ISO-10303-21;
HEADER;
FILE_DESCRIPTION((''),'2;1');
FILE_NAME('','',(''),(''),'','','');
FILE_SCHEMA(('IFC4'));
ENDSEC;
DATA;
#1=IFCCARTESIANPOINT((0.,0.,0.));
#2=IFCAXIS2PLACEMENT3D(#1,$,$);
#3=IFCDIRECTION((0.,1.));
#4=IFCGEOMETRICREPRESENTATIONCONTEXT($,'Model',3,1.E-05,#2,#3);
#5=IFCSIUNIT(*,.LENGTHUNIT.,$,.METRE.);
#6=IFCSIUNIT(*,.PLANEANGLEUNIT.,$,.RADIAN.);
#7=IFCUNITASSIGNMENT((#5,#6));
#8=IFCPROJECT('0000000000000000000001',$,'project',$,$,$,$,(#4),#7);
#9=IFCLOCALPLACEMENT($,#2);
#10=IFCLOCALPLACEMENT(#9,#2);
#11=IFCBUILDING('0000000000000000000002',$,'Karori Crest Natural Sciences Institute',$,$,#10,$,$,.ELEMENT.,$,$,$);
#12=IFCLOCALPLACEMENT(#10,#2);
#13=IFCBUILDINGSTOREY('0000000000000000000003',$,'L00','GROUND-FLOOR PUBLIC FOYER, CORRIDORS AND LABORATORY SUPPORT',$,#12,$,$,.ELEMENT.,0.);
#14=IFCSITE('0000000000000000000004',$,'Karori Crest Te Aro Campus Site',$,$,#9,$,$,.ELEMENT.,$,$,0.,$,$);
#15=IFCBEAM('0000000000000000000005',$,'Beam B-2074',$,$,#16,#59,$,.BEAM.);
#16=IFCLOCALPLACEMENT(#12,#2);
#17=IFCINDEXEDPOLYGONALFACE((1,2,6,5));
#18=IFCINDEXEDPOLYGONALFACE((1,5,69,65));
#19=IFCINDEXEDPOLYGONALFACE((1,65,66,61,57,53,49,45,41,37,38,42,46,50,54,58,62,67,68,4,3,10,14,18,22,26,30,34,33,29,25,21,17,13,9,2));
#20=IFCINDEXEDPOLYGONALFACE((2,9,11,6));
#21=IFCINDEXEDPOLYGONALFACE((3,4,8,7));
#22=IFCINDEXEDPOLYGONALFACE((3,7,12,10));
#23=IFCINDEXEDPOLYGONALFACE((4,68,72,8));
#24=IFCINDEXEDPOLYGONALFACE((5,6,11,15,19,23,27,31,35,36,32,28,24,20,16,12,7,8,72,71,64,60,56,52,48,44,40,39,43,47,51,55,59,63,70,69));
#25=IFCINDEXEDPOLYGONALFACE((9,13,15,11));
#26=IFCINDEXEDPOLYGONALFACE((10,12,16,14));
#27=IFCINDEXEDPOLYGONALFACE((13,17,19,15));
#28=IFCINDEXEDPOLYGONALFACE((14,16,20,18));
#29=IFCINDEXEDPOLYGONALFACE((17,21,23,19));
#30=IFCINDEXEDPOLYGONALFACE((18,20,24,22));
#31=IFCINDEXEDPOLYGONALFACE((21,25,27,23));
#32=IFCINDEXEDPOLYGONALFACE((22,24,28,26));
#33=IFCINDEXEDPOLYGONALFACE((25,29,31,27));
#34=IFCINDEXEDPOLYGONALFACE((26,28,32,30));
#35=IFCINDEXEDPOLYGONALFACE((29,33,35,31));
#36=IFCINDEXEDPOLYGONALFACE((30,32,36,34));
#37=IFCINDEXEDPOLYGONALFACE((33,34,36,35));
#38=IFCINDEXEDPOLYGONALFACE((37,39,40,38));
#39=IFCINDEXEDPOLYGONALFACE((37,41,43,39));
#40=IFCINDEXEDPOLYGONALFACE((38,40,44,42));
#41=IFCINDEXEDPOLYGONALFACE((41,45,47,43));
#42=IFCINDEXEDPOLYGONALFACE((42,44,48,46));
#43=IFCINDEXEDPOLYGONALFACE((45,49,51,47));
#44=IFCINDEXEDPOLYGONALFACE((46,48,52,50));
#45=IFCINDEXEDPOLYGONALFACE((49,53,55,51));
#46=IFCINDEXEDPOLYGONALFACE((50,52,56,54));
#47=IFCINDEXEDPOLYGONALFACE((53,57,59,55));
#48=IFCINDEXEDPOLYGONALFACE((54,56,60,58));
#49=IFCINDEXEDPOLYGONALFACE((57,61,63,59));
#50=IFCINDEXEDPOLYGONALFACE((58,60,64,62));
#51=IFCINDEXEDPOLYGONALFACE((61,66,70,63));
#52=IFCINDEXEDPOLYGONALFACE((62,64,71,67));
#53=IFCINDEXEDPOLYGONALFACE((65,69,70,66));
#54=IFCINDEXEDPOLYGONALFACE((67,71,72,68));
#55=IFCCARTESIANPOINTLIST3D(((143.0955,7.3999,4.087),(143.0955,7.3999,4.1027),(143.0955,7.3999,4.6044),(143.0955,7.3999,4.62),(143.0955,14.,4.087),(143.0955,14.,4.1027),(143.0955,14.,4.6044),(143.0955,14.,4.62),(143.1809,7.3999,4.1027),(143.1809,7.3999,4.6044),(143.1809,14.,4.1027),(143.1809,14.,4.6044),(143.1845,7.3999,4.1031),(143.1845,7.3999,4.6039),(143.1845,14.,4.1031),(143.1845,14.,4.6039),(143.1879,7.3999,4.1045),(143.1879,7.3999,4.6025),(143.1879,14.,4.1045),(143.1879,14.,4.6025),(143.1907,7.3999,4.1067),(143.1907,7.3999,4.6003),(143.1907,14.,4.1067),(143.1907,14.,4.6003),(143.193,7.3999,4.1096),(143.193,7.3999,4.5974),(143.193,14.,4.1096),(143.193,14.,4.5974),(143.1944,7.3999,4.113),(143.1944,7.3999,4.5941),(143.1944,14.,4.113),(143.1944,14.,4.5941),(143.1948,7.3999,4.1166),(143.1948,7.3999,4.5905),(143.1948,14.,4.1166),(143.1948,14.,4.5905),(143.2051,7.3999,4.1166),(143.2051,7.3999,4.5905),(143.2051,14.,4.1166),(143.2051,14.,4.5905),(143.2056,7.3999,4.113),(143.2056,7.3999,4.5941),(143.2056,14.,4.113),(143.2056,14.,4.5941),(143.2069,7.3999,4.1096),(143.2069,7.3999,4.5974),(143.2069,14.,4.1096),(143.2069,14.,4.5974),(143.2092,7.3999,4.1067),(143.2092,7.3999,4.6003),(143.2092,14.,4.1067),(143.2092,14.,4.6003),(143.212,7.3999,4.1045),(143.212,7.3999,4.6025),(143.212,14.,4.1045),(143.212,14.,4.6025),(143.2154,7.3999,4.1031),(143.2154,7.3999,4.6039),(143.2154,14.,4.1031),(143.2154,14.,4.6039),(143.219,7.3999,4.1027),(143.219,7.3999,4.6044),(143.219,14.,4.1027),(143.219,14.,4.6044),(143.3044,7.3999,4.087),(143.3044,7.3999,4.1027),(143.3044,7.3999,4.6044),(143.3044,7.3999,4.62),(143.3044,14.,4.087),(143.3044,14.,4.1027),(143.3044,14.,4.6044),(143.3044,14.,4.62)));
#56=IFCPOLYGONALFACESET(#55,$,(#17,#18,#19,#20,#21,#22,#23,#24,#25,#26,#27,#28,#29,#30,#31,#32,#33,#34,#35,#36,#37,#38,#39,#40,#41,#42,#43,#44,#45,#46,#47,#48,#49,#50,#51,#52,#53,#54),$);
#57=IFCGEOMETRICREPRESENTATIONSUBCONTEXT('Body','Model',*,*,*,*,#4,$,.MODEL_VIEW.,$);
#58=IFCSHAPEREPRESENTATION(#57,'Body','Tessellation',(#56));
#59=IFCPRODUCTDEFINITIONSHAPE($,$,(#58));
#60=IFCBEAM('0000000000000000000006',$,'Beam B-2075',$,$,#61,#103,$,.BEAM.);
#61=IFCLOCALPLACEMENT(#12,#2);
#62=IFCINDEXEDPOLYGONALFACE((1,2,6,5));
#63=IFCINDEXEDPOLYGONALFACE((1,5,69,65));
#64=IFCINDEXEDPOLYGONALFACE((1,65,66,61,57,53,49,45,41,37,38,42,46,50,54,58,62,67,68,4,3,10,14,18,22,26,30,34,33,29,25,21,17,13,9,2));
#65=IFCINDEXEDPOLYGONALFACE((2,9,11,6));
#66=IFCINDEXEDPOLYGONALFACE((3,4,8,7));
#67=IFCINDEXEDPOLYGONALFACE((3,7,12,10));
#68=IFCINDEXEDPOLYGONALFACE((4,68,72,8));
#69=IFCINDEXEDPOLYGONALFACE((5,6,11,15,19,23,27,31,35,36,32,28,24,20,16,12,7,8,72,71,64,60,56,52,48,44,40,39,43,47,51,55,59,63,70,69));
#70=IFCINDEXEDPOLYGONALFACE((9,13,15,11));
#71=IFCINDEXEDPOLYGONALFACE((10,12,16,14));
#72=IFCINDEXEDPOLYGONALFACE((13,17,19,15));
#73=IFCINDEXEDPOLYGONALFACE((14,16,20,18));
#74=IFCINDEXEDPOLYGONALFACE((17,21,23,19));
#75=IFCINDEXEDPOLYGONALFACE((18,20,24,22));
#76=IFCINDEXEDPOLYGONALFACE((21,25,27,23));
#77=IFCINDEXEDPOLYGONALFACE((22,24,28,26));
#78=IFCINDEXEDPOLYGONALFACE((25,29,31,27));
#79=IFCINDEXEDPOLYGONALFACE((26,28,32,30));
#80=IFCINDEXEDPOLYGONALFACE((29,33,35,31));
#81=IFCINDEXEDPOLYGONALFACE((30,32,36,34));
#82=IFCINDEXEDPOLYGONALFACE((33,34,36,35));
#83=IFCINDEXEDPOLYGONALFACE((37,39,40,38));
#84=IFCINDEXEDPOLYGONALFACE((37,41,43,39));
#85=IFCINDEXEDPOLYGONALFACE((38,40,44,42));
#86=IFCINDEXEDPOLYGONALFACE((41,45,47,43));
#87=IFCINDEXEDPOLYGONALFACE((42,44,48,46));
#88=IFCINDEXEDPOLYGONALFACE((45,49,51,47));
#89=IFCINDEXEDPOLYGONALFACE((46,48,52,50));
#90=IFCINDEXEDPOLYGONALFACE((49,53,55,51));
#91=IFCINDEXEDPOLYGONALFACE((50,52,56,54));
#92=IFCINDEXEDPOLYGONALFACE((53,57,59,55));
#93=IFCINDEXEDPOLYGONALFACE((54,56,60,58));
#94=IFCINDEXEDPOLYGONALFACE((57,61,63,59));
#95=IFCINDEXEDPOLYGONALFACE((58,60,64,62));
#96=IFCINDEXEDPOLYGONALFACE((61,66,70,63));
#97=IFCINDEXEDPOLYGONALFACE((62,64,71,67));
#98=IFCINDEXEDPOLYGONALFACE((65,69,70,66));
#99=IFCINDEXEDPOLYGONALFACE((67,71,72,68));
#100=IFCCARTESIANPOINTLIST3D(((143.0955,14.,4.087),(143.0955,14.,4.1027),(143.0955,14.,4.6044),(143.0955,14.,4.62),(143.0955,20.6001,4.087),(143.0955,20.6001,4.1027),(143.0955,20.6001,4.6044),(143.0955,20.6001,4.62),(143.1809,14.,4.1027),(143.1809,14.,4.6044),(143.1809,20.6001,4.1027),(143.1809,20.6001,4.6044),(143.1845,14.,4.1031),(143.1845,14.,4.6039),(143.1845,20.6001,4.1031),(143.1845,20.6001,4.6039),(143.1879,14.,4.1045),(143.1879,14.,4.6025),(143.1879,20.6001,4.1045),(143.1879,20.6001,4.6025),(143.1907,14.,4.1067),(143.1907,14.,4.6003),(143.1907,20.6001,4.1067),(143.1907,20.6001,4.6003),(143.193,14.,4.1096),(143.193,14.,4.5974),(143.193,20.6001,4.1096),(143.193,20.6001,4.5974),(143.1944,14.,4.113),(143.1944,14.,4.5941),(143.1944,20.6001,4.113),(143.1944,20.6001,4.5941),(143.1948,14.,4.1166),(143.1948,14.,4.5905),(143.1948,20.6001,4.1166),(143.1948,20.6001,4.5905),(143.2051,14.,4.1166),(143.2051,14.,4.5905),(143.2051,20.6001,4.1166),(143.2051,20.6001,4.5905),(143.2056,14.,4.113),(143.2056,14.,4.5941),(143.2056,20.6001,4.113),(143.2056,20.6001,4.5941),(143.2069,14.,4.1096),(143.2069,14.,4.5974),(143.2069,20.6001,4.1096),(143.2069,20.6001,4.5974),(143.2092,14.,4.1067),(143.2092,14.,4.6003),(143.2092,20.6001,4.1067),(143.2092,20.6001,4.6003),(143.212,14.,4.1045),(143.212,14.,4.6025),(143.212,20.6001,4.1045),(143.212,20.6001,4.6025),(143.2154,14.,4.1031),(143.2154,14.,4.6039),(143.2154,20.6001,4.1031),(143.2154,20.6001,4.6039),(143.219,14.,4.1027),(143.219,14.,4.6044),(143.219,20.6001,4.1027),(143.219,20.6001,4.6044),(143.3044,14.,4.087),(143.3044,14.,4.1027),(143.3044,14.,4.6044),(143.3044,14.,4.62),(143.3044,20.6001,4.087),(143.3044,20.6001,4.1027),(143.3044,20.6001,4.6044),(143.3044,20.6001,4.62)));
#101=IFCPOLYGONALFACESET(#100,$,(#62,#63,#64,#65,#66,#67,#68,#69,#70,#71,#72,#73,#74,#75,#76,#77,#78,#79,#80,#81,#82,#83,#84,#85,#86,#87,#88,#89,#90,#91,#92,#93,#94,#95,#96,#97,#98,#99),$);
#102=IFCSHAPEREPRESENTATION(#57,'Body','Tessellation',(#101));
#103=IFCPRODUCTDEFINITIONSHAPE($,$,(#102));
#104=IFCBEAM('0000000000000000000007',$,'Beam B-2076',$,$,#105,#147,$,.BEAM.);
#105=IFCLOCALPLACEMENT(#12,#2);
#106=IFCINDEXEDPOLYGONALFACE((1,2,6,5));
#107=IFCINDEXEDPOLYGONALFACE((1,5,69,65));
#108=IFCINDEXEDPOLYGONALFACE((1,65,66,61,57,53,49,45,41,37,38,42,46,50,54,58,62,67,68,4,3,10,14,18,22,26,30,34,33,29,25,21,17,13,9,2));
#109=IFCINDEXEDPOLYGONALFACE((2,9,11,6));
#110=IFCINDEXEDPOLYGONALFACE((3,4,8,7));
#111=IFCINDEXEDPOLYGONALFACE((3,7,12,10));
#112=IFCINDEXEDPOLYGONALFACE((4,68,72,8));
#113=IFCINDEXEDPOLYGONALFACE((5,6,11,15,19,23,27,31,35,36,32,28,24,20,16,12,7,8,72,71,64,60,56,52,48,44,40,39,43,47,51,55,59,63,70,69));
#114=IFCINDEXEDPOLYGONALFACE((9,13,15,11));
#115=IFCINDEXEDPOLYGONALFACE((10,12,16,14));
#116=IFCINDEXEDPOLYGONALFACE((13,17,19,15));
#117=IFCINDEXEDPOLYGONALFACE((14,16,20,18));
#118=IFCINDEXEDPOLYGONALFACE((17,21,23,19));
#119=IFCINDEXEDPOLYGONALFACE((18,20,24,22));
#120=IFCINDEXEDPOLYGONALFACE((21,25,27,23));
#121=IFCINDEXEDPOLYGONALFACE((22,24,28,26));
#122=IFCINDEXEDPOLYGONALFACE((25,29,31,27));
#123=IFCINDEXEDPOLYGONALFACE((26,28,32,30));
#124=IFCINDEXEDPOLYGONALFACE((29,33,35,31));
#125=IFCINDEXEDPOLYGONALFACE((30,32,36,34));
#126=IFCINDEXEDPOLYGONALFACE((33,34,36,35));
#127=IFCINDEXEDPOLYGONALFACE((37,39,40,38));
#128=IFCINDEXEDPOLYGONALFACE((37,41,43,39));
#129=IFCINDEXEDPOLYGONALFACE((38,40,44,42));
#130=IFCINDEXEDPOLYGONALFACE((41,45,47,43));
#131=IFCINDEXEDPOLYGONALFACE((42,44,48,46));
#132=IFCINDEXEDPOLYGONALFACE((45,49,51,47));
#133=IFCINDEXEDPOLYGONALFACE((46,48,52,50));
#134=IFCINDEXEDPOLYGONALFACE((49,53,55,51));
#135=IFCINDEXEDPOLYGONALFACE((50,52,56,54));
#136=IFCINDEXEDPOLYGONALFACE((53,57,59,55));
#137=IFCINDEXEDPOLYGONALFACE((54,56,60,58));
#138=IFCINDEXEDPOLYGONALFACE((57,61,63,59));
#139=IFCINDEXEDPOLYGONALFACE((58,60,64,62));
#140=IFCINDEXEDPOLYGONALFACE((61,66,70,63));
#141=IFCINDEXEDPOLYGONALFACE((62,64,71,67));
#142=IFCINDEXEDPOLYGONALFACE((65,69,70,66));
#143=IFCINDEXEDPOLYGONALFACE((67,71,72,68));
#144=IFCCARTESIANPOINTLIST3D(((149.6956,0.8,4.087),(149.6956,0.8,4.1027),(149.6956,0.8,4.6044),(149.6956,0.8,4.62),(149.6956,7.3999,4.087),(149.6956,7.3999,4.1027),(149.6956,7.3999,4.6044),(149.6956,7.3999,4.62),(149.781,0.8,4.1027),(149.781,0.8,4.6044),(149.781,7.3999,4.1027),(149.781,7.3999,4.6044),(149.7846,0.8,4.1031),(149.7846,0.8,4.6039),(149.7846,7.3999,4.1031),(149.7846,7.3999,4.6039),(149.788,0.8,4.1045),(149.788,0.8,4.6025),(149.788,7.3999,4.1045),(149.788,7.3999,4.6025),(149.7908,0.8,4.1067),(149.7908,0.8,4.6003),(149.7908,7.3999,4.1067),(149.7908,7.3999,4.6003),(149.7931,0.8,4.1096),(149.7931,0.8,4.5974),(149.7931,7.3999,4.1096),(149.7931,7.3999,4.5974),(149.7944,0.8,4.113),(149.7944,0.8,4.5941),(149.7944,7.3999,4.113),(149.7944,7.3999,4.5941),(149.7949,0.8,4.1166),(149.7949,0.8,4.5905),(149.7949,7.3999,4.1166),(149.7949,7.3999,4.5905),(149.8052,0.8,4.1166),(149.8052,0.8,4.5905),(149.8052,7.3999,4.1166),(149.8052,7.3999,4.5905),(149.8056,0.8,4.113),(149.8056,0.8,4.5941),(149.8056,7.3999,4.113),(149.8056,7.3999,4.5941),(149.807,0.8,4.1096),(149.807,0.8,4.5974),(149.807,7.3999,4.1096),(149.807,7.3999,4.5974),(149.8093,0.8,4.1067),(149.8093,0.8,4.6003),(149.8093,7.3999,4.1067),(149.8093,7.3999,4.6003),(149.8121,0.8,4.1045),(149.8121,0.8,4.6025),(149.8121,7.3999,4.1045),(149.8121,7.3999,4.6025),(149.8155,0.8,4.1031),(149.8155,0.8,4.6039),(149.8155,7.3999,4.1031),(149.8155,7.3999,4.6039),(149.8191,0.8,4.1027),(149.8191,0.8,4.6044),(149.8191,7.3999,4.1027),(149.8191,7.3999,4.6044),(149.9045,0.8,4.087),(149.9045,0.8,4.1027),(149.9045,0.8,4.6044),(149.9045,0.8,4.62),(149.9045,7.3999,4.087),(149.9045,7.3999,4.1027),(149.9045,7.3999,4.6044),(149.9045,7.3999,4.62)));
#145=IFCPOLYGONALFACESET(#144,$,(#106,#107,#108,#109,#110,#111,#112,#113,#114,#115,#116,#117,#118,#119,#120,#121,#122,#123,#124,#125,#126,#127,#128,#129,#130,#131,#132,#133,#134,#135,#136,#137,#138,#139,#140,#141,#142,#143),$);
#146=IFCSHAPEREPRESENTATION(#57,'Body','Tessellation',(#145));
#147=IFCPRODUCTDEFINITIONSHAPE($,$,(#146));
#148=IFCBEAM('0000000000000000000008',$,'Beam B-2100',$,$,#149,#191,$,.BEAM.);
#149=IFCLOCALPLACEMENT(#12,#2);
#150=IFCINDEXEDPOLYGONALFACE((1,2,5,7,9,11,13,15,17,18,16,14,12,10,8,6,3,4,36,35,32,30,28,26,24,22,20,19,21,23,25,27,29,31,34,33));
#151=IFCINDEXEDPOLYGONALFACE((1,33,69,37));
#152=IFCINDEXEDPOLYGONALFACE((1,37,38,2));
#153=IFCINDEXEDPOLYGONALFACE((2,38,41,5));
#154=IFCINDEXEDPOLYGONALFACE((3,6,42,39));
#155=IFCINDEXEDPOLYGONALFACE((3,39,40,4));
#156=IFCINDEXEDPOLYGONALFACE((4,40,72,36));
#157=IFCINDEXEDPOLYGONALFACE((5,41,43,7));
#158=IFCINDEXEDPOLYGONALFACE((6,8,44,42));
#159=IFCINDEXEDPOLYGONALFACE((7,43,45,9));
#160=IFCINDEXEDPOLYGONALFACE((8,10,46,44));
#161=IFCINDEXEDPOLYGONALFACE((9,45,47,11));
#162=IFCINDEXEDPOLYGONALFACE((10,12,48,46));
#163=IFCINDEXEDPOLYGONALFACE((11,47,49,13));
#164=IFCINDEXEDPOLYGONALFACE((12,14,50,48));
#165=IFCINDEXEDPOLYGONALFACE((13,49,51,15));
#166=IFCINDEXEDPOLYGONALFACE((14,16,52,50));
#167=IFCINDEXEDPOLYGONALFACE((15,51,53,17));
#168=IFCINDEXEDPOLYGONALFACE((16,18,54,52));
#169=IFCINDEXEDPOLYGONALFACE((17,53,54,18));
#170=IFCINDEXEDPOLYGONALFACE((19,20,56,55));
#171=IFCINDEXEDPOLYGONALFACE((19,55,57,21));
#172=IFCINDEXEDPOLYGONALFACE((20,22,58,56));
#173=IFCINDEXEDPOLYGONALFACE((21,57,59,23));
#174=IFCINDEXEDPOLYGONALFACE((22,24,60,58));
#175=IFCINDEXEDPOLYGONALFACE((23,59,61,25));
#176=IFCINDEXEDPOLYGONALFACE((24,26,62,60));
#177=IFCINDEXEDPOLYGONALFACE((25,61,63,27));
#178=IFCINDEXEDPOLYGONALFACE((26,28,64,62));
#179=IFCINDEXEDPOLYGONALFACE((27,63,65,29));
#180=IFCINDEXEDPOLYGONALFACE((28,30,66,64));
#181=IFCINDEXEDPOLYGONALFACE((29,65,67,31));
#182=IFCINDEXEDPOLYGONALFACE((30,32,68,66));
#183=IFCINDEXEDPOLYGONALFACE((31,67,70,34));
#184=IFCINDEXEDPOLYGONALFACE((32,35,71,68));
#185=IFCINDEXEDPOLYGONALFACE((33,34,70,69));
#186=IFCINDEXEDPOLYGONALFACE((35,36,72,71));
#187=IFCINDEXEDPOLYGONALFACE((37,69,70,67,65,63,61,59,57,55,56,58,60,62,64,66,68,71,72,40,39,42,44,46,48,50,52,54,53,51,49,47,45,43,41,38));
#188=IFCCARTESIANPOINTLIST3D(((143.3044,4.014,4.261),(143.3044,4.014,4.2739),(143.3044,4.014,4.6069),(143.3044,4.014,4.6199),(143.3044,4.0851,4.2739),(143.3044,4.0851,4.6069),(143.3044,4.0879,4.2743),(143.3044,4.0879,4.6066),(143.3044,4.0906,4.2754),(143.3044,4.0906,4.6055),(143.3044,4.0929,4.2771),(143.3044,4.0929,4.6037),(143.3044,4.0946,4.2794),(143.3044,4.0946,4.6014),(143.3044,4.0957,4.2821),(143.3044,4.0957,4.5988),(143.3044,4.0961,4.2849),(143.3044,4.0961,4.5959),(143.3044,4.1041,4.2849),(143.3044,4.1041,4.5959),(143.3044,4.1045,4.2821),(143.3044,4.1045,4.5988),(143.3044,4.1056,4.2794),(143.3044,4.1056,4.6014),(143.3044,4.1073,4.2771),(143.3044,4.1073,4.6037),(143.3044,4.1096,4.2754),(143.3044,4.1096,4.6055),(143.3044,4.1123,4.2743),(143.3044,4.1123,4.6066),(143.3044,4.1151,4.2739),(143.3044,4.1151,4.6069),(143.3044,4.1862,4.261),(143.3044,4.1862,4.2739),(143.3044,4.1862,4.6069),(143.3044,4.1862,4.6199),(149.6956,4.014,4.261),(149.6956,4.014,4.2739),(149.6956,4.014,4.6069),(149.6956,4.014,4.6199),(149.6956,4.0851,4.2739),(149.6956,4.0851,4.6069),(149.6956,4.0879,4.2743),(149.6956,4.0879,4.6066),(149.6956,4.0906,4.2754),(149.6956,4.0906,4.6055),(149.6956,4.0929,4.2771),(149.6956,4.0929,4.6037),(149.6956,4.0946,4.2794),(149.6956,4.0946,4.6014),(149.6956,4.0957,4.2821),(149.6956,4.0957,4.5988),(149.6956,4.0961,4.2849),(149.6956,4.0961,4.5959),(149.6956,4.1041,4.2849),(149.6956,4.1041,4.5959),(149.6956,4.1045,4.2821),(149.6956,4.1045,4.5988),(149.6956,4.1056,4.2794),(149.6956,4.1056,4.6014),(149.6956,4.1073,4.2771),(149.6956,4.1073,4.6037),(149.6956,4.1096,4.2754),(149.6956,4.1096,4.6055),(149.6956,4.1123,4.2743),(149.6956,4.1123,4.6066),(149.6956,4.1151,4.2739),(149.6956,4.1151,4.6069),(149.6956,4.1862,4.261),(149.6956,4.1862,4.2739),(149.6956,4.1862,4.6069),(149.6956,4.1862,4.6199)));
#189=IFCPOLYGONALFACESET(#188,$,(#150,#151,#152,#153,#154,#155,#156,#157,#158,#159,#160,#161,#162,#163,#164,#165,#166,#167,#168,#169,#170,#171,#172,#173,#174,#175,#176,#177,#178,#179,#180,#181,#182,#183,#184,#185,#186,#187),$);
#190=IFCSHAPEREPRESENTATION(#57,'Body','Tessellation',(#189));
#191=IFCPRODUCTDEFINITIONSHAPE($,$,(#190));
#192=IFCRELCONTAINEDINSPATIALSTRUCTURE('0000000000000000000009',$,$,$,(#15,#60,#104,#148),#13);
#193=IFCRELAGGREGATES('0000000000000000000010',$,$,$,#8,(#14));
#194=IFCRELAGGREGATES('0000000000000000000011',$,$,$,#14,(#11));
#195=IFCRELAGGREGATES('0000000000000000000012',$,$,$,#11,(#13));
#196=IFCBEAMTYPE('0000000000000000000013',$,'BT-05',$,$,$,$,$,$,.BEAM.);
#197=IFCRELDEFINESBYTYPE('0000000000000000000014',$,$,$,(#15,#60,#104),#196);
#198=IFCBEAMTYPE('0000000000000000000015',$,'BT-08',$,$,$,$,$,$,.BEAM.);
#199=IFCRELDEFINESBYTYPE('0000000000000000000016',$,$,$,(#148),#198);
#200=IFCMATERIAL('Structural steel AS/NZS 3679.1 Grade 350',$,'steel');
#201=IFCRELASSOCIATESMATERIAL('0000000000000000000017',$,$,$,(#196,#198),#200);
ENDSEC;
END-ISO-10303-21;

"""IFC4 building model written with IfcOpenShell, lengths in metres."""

from ifc_helpers import new_model, si_unit, direction, frame, origin, origin_2d, place, context, subcontext, project, spatial, i_section, extrude, material, material_profile, profile_set, type_object, element, save


model = new_model("IFC4")

# Units and contexts
model_context = context("Model", 3, precision=1e-05, world=origin(), true_north=direction((0.0, 1.0)))
body_context = subcontext(model_context, "Body", "Model", "MODEL_VIEW")
ifc_project = project(units=[si_unit("LENGTHUNIT", "METRE"), si_unit("PLANEANGLEUNIT", "RADIAN")], contexts=[model_context])

# Site, building, storey
site_placement = place(None, origin())
site = spatial("IfcSite", under=ifc_project, at=site_placement, Name="Karori Crest Te Aro Campus Site", CompositionType="ELEMENT", RefElevation=0.0)
building_placement = place(site_placement, origin())
building = spatial("IfcBuilding", under=site, at=building_placement, Name="Karori Crest Natural Sciences Institute", CompositionType="ELEMENT")
storey_placement = place(building_placement, origin())
storey = spatial("IfcBuildingStorey", under=building, at=storey_placement, Name="L00", Description="GROUND-FLOOR PUBLIC FOYER, CORRIDORS AND LABORATORY SUPPORT", CompositionType="ELEMENT", Elevation=0.0)

# Shared definitions
ifc_material_1 = material(Name="Structural steel AS/NZS 3679.1 Grade 350", Category="steel")

# Beams
ifc_material_profile_1 = material_profile(ifc_material_1, i_section(OverallWidth=0.209, OverallDepth=0.533, WebThickness=0.0103, FlangeThickness=0.0156, FilletRadius=0.0139, at=origin_2d()), Name="530UB92.4")
ifc_profile_set_1 = profile_set([ifc_material_profile_1], Name="Structural steel AS/NZS 3679.1 Grade 350")
beam_type_1 = type_object("IfcBeamType", Name="BT-05", PredefinedType="BEAM", material=ifc_profile_set_1)
for number, where, z_axis, x_axis, name in (
    (1, (143.2, 7.3999, 4.3535), (0.0, 1.0, 0.0), (-1.0, 0.0, 0.0), "Beam B-2074"),
    (2, (143.2, 14.0, 4.3535), (0.0, 1.0, 0.0), (-1.0, 0.0, 0.0), "Beam B-2075"),
):
    element("IfcBeam", number, at=place(storey_placement, frame(where, z_axis=z_axis, x_axis=x_axis)), inside=storey, type_object=beam_type_1, Name=name, PredefinedType="BEAM", context=body_context, shape_type="SweptSolid", body=[
        extrude(i_section(OverallWidth=0.209, OverallDepth=0.533, WebThickness=0.0103, FlangeThickness=0.0156, FilletRadius=0.0139, at=origin_2d()), origin(), (0.0, 0.0, 1.0), 6.6001),
    ])
beam_1_placement = place(storey_placement, frame((149.8, 0.8, 4.3535), z_axis=(0.0, 1.0, 0.0), x_axis=(-1.0, 0.0, 0.0)))
element("IfcBeam", 3, at=beam_1_placement, inside=storey, type_object=beam_type_1, Name="Beam B-2076", PredefinedType="BEAM", context=body_context, shape_type="SweptSolid", body=[
    extrude(i_section(OverallWidth=0.209, OverallDepth=0.533, WebThickness=0.0103, FlangeThickness=0.0156, FilletRadius=0.0139, at=origin_2d()), origin(), (0.0, 0.0, 1.0), 6.5999),
])
ifc_material_profile_2 = material_profile(ifc_material_1, i_section(OverallWidth=0.1721, OverallDepth=0.3589, WebThickness=0.0081, FlangeThickness=0.0129, FilletRadius=0.011, at=origin_2d()), Name="360UB56.7")
ifc_profile_set_2 = profile_set([ifc_material_profile_2], Name="Structural steel AS/NZS 3679.1 Grade 350")
beam_type_2 = type_object("IfcBeamType", Name="BT-08", PredefinedType="BEAM", material=ifc_profile_set_2)
for number, where, z_axis, x_axis, name in (
    (4, (143.3044, 4.1001, 4.4404), (1.0, 0.0, 0.0), (0.0, 1.0, 0.0), "Beam B-2100"),
):
    element("IfcBeam", number, at=place(storey_placement, frame(where, z_axis=z_axis, x_axis=x_axis)), inside=storey, type_object=beam_type_2, Name=name, PredefinedType="BEAM", context=body_context, shape_type="SweptSolid", body=[
        extrude(i_section(OverallWidth=0.1721, OverallDepth=0.3589, WebThickness=0.0081, FlangeThickness=0.0129, FilletRadius=0.011, at=origin_2d()), origin(), (0.0, 0.0, 1.0), 6.3911),
    ])

save(model, "model.ifc")
